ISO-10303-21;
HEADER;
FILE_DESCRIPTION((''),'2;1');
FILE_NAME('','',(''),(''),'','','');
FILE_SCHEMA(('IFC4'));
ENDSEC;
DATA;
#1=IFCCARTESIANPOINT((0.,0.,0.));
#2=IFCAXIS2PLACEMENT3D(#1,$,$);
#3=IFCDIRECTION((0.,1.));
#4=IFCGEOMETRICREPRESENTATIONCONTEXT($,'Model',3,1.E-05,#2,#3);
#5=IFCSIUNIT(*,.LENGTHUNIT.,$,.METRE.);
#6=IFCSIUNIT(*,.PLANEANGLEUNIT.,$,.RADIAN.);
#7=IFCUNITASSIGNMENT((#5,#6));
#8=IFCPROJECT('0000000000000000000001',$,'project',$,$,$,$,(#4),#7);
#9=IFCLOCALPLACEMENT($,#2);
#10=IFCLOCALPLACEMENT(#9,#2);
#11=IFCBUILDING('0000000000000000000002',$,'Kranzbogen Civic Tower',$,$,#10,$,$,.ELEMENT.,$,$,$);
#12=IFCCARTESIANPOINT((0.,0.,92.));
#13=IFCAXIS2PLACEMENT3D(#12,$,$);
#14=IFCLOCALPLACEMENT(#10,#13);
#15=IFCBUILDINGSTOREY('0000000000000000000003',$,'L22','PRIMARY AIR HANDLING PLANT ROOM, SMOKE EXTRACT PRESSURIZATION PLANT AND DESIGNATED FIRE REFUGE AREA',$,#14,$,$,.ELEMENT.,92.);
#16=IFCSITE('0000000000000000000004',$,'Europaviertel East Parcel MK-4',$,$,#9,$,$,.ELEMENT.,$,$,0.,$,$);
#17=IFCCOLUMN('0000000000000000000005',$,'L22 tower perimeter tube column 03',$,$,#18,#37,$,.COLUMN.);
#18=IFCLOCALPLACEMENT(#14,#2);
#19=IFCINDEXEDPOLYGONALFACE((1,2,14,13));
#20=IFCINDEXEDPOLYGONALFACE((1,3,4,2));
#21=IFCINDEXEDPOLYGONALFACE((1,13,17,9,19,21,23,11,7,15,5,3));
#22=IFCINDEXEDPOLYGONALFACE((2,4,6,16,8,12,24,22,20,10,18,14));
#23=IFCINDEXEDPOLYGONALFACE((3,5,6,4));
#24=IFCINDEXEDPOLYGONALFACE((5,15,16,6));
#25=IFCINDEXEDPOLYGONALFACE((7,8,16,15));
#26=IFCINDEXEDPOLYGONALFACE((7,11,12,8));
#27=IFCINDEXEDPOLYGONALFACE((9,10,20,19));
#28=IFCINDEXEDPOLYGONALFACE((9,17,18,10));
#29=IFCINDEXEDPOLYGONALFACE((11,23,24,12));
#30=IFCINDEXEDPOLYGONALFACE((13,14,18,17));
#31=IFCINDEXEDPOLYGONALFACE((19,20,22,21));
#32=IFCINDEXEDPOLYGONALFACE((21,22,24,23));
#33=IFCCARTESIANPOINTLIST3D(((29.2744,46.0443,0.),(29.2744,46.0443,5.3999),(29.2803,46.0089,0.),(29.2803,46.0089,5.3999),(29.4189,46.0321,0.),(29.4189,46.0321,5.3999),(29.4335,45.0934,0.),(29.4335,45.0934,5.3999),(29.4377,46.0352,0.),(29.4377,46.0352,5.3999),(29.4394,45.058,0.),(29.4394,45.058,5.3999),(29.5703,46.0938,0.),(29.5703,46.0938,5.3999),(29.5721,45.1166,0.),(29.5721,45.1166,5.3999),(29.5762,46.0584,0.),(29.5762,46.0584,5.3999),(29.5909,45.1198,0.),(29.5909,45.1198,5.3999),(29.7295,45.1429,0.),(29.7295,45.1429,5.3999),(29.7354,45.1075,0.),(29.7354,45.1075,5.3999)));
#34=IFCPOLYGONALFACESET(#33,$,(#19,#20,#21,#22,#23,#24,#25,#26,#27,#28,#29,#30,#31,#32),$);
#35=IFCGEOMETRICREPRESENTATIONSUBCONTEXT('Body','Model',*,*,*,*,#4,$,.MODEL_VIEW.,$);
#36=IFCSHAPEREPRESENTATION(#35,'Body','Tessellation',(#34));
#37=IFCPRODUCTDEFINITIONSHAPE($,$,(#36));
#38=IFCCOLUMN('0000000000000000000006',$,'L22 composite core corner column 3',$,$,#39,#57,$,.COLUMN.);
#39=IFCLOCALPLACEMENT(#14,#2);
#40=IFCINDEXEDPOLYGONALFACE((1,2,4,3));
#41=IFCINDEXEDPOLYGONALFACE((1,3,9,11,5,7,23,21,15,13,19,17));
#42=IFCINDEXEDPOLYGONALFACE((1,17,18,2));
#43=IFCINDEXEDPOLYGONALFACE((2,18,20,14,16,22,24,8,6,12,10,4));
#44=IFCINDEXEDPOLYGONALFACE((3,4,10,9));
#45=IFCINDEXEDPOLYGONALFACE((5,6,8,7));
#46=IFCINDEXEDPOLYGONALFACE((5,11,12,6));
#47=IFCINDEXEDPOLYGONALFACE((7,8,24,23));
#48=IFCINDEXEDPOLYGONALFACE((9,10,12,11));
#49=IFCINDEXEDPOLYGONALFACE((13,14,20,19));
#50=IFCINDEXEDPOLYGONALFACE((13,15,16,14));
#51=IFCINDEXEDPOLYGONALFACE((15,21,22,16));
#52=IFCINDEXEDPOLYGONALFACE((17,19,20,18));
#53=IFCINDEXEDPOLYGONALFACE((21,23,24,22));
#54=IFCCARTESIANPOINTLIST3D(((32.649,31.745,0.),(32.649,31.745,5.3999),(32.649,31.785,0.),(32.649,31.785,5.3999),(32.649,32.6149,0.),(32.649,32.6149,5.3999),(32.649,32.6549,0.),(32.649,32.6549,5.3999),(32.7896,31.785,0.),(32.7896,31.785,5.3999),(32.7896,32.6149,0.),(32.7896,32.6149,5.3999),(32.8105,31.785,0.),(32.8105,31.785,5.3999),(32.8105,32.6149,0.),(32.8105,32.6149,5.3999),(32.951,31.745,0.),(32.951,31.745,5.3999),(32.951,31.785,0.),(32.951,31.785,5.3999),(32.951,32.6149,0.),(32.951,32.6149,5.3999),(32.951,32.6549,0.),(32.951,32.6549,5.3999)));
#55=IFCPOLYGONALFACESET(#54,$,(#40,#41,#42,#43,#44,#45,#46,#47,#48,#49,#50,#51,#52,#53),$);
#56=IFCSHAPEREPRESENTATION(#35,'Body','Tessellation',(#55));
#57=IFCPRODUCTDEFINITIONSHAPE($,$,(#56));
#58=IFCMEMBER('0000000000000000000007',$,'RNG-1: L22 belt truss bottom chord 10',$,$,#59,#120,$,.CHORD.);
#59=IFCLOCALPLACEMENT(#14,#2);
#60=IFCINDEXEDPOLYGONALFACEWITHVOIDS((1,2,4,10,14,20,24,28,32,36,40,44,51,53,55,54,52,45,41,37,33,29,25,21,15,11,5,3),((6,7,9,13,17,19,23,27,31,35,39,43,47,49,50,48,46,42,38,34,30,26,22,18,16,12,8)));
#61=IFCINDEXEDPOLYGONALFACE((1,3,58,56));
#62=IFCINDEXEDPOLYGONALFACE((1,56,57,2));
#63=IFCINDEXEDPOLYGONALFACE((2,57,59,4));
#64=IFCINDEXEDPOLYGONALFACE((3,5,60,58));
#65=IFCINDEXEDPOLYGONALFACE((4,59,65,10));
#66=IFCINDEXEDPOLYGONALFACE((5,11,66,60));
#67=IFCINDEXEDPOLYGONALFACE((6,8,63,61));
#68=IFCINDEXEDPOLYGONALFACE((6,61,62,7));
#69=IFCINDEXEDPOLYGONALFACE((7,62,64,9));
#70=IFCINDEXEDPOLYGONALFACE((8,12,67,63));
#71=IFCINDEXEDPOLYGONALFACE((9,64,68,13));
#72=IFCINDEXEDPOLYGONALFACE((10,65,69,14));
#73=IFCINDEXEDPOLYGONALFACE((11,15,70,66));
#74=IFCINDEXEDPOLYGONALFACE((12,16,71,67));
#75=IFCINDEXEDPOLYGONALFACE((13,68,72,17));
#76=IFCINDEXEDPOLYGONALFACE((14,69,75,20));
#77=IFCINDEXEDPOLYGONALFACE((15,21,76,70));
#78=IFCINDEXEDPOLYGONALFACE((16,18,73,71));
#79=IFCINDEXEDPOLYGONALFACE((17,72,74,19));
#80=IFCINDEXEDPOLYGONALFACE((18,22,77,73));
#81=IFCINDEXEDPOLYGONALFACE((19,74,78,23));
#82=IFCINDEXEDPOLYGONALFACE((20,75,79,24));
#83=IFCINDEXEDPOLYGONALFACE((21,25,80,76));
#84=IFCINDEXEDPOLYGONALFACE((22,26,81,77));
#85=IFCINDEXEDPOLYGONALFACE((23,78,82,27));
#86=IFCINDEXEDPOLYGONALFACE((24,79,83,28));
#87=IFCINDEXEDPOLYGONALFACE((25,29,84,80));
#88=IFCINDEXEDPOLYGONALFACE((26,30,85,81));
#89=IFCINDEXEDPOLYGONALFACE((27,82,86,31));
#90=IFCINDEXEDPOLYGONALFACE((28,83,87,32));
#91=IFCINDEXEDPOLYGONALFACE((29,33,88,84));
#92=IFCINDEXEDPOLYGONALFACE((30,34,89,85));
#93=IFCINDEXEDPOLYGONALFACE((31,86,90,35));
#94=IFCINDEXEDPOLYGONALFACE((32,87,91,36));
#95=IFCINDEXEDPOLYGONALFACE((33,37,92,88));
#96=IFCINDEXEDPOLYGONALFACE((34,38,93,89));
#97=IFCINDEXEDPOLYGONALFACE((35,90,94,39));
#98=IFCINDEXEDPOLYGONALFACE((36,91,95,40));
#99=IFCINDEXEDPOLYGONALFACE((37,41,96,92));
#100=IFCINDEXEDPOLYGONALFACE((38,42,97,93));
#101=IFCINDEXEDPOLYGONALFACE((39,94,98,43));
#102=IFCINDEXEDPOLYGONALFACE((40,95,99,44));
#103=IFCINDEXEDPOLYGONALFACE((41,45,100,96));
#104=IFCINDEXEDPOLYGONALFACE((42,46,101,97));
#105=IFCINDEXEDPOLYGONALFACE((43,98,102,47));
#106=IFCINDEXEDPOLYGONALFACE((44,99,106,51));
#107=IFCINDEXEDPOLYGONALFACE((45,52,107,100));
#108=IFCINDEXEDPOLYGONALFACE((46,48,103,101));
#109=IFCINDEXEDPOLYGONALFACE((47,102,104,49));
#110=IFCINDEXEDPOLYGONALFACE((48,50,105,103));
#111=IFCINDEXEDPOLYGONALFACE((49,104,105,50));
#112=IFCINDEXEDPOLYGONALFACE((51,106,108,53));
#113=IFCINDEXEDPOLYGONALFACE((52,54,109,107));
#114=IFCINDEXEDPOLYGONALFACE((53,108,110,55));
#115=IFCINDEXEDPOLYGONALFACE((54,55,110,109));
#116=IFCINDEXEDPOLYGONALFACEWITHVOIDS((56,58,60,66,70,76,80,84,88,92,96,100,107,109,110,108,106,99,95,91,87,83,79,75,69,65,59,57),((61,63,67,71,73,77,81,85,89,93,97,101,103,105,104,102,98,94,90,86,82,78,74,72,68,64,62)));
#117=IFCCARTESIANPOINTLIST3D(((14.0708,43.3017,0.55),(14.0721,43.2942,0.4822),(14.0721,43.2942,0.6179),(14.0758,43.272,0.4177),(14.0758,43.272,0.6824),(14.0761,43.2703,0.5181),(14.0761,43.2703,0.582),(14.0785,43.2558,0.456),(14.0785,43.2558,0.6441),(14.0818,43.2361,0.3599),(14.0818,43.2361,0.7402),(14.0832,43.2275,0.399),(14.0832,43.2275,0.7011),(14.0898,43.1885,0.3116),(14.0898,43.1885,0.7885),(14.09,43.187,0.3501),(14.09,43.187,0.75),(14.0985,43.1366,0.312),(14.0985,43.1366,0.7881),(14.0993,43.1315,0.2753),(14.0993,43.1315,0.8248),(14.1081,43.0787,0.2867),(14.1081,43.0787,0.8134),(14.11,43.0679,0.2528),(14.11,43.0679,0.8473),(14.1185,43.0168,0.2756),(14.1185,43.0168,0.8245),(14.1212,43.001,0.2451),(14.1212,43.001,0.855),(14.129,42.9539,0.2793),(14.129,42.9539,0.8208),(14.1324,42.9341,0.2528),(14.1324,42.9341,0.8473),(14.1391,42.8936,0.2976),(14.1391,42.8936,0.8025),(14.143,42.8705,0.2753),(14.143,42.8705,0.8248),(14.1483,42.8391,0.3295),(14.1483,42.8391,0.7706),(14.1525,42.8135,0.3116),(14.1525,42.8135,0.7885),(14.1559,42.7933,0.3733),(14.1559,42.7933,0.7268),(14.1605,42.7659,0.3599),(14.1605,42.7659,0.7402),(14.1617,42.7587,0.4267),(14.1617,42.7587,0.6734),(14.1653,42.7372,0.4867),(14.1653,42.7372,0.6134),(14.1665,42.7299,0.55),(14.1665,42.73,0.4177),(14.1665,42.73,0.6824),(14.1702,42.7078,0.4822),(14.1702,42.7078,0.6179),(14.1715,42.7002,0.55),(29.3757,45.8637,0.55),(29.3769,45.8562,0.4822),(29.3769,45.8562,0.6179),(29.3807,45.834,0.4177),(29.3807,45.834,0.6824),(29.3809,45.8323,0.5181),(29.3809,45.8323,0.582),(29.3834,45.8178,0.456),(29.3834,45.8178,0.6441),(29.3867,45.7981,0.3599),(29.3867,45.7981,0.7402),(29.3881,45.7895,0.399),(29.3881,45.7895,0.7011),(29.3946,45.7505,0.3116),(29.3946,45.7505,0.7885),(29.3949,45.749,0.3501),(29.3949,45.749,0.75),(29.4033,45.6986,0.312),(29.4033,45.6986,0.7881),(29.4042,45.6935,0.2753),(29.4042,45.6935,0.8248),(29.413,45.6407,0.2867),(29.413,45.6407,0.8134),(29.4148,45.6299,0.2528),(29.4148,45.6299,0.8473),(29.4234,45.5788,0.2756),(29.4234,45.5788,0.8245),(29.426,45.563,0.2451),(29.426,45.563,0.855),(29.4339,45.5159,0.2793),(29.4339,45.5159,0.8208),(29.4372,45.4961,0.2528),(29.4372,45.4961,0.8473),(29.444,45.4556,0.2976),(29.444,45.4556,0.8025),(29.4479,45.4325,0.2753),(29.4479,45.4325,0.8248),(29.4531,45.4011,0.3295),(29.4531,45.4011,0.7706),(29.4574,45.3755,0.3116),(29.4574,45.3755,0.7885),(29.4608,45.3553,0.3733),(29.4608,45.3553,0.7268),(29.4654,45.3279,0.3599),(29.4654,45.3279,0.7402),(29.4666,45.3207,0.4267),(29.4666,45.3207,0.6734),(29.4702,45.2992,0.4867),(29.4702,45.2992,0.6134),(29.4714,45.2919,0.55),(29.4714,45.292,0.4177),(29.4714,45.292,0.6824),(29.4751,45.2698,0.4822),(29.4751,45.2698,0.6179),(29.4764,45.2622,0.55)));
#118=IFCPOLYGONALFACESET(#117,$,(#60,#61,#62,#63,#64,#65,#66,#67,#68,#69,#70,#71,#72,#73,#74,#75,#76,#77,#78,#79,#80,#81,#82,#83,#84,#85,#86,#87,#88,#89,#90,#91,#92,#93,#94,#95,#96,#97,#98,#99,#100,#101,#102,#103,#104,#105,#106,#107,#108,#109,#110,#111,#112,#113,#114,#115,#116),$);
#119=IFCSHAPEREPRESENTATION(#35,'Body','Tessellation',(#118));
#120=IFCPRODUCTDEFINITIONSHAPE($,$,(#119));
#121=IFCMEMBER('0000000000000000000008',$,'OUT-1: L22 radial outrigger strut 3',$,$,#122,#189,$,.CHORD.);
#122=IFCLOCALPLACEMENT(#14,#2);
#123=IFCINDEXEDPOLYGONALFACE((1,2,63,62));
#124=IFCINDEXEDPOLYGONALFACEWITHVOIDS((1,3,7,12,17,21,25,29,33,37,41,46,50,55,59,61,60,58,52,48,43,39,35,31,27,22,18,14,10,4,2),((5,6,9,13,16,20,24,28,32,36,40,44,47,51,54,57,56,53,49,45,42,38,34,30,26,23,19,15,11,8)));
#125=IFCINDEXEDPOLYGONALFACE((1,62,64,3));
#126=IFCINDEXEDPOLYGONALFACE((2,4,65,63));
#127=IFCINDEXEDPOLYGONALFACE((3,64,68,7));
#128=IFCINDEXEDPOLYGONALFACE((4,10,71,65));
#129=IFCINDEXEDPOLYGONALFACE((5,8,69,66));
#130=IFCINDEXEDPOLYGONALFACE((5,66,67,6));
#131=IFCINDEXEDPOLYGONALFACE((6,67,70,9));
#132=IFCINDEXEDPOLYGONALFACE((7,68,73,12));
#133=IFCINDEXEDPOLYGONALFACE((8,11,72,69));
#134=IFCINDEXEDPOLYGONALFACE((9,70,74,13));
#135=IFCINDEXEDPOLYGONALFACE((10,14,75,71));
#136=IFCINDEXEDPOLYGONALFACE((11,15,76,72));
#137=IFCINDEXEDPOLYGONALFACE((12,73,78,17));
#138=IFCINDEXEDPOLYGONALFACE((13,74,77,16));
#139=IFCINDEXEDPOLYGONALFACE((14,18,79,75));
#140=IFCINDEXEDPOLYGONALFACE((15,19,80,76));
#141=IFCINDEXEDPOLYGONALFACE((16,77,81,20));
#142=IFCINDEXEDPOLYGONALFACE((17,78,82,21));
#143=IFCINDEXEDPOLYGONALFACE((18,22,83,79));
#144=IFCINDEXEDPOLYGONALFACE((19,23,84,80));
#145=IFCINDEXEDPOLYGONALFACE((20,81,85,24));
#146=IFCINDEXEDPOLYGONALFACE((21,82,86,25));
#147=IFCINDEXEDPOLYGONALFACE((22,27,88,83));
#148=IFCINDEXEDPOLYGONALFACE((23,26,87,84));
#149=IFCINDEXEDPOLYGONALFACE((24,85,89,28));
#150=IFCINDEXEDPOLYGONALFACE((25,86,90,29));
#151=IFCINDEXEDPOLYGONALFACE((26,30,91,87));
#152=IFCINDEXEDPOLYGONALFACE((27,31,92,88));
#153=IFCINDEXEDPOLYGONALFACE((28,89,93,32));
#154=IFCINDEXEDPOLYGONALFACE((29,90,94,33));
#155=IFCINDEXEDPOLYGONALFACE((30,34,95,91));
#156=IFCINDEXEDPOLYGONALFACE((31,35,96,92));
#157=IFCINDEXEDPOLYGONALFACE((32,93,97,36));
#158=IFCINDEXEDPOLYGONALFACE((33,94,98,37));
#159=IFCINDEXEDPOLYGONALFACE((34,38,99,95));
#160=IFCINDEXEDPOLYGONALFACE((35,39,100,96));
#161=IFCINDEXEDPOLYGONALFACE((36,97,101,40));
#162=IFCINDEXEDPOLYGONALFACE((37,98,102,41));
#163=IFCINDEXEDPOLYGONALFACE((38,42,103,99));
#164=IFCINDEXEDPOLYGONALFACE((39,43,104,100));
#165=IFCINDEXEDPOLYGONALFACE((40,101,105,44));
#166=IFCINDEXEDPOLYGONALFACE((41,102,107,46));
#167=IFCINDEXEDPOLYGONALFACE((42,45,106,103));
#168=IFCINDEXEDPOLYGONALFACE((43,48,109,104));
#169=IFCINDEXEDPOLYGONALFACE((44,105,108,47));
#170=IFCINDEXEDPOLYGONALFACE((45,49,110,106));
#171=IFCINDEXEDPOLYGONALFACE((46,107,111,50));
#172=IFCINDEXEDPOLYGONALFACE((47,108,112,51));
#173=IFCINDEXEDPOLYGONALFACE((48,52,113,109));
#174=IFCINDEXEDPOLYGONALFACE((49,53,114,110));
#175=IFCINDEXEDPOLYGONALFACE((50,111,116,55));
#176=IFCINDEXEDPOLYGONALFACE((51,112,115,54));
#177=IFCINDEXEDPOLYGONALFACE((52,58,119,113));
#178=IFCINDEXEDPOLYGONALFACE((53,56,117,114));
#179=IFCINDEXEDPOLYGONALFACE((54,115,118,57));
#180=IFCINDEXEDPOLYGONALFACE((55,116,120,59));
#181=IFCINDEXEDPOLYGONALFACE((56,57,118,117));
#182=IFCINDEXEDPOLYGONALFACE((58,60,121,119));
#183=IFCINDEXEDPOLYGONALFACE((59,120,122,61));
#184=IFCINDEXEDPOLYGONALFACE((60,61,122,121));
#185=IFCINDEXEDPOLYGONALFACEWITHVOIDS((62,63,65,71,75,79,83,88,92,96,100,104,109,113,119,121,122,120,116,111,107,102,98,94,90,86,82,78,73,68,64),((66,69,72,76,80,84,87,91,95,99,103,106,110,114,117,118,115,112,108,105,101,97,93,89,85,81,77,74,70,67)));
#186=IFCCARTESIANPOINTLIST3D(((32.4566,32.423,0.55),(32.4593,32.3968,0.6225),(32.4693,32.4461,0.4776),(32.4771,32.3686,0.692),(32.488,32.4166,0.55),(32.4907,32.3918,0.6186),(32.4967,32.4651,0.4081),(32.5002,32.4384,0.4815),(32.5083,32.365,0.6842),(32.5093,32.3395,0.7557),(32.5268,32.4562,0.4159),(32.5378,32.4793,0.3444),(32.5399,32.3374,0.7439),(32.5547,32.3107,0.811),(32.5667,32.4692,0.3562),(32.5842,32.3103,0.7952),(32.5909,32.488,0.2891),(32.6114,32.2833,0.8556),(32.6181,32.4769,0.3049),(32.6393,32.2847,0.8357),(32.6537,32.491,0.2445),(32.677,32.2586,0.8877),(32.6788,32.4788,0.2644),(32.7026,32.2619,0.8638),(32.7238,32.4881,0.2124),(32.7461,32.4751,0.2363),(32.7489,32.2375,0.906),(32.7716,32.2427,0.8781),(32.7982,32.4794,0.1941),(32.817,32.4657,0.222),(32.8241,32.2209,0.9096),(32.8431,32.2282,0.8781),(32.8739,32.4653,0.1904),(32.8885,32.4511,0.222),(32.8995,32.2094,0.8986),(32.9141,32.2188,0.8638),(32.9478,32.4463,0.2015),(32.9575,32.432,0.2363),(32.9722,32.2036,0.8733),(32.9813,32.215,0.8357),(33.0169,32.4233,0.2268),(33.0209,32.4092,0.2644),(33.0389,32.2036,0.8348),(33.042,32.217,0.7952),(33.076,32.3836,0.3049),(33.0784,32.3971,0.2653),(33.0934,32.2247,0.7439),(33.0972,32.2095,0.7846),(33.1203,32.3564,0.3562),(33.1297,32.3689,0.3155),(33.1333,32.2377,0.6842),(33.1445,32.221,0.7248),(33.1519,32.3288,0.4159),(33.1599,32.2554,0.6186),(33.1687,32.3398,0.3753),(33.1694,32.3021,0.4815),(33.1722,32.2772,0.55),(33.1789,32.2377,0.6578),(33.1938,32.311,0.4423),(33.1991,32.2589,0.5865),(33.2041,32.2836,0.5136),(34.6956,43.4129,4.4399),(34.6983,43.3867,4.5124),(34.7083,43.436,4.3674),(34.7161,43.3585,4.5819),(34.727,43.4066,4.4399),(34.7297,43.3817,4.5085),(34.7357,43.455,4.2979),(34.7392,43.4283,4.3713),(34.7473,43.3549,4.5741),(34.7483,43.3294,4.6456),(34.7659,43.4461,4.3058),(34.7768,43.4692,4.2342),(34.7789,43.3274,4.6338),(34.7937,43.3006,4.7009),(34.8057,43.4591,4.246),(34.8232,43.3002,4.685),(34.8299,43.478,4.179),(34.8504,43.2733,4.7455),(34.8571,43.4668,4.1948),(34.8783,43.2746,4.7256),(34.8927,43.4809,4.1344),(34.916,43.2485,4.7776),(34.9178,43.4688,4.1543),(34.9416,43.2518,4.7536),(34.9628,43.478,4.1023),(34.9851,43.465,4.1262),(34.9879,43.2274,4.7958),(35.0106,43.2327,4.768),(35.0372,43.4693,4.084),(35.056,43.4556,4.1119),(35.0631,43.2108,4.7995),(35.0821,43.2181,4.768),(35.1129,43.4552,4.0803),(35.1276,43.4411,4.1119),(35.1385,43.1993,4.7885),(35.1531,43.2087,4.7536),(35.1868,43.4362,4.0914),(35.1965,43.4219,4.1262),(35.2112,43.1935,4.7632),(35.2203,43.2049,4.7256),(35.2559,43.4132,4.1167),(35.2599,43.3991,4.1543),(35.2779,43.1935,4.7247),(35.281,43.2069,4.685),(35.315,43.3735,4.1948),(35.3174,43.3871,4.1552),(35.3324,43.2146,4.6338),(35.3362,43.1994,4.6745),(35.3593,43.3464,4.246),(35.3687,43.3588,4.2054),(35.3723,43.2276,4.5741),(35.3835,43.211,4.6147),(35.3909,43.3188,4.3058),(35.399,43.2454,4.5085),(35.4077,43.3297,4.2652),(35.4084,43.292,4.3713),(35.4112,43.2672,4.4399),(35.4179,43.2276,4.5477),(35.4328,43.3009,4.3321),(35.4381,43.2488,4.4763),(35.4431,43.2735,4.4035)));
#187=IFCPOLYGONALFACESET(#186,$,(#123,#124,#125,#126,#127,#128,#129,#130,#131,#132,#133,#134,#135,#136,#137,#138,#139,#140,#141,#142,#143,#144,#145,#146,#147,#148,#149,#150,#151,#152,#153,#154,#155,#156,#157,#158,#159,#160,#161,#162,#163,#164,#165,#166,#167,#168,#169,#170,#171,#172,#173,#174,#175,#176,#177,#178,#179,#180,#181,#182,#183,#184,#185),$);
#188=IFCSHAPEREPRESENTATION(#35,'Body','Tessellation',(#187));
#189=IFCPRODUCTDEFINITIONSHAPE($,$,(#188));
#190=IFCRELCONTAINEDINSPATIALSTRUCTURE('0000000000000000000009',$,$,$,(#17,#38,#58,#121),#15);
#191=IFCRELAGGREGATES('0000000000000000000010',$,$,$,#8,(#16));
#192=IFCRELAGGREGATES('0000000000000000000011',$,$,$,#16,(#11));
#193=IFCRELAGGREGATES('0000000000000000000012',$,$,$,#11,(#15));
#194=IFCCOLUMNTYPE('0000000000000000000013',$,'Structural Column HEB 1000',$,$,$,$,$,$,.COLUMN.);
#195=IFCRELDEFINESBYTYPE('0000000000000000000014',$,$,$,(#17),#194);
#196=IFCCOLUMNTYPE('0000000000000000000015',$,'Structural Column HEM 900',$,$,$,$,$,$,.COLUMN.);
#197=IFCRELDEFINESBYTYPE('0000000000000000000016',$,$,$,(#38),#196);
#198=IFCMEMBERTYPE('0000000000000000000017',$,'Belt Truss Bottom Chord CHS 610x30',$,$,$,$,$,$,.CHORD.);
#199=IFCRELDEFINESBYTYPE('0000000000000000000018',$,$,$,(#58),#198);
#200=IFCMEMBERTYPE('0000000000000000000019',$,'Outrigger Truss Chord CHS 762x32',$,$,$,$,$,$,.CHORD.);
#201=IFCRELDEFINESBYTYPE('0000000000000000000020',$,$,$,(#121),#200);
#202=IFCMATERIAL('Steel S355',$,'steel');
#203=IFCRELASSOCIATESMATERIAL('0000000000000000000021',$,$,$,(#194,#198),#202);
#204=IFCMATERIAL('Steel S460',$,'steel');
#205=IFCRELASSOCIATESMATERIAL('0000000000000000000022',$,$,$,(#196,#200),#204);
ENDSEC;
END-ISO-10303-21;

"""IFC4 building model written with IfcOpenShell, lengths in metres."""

from ifc_helpers import new_model, si_unit, direction, frame, origin, origin_2d, place, context, subcontext, project, spatial, hollow_circle, i_section, extrude, material, material_profile, profile_set, type_object, element, save


model = new_model("IFC4")

# Units and contexts
model_context = context("Model", 3, precision=1e-05, world=origin(), true_north=direction((0.0, 1.0)))
body_context = subcontext(model_context, "Body", "Model", "MODEL_VIEW")
ifc_project = project(units=[si_unit("LENGTHUNIT", "METRE"), si_unit("PLANEANGLEUNIT", "RADIAN")], contexts=[model_context])

# Site, building, storey
site_placement = place(None, origin())
site = spatial("IfcSite", under=ifc_project, at=site_placement, Name="Europaviertel East Parcel MK-4", CompositionType="ELEMENT", RefElevation=0.0)
building_placement = place(site_placement, origin())
building = spatial("IfcBuilding", under=site, at=building_placement, Name="Kranzbogen Civic Tower", CompositionType="ELEMENT")
storey_placement = place(building_placement, frame((0.0, 0.0, 92.0)))
storey = spatial("IfcBuildingStorey", under=building, at=storey_placement, Name="L22", Description="PRIMARY AIR HANDLING PLANT ROOM, SMOKE EXTRACT PRESSURIZATION PLANT AND DESIGNATED FIRE REFUGE AREA", CompositionType="ELEMENT", Elevation=92.0)

# Columns
ifc_material_1 = material(Name="Steel S355", Category="steel")
ifc_material_profile_1 = material_profile(ifc_material_1, i_section(OverallWidth=0.3, OverallDepth=1.0, WebThickness=0.019, FlangeThickness=0.0359, at=origin_2d()), Name="HEB 1000")
ifc_profile_set_1 = profile_set([ifc_material_profile_1], Name="Steel S355")
column_type_1 = type_object("IfcColumnType", Name="Structural Column HEB 1000", PredefinedType="COLUMN", material=ifc_profile_set_1)
column_1_placement = place(storey_placement, frame((29.5049, 45.5759, 0.0), z_axis=(0.0, 0.0, 1.0), x_axis=(0.986286, 0.165048, 0.0)))
element("IfcColumn", 1, at=column_1_placement, inside=storey, type_object=column_type_1, Name="L22 tower perimeter tube column 03", PredefinedType="COLUMN", context=body_context, shape_type="SweptSolid", body=[
    extrude(i_section(OverallWidth=0.3, OverallDepth=1.0, WebThickness=0.019, FlangeThickness=0.0359, at=origin_2d()), origin(), (0.0, 0.0, 1.0), 5.3999),
])
ifc_material_2 = material(Name="Steel S460", Category="steel")
ifc_material_profile_2 = material_profile(ifc_material_2, i_section(OverallWidth=0.302, OverallDepth=0.9099, WebThickness=0.021, FlangeThickness=0.04, at=origin_2d()), Name="HEM 900")
ifc_profile_set_2 = profile_set([ifc_material_profile_2], Name="Steel S460")
column_type_2 = type_object("IfcColumnType", Name="Structural Column HEM 900", PredefinedType="COLUMN", material=ifc_profile_set_2)
column_2_placement = place(storey_placement, frame((32.8, 32.2, 0.0), z_axis=(0.0, 0.0, 1.0), x_axis=(1.0, 0.0, 0.0)))
element("IfcColumn", 2, at=column_2_placement, inside=storey, type_object=column_type_2, Name="L22 composite core corner column 3", PredefinedType="COLUMN", context=body_context, shape_type="SweptSolid", body=[
    extrude(i_section(OverallWidth=0.302, OverallDepth=0.9099, WebThickness=0.021, FlangeThickness=0.04, at=origin_2d()), origin(), (0.0, 0.0, 1.0), 5.3999),
])

# Members
ifc_material_profile_3 = material_profile(ifc_material_1, hollow_circle(Radius=0.3049, WallThickness=0.03, at=origin_2d()), Name="CHS 610x30")
ifc_profile_set_3 = profile_set([ifc_material_profile_3], Name="Steel S355")
member_type_1 = type_object("IfcMemberType", Name="Belt Truss Bottom Chord CHS 610x30", PredefinedType="CHORD", material=ifc_profile_set_3)
member_1_placement = place(storey_placement, frame((29.426, 45.563, 0.55), z_axis=(-0.986277, -0.165101, 0.0), x_axis=(0.165101, -0.986277, 0.0)))
element("IfcMember", 3, at=member_1_placement, inside=storey, type_object=member_type_1, Name="RNG-1: L22 belt truss bottom chord 10", PredefinedType="CHORD", context=body_context, shape_type="SweptSolid", body=[
    extrude(hollow_circle(Radius=0.3049, WallThickness=0.03, at=origin_2d()), origin(), (0.0, 0.0, 1.0), 15.5178),
])
ifc_material_profile_4 = material_profile(ifc_material_2, hollow_circle(Radius=0.3811, WallThickness=0.032, at=origin_2d()), Name="CHS 762x32")
ifc_profile_set_4 = profile_set([ifc_material_profile_4], Name="Steel S460")
member_type_2 = type_object("IfcMemberType", Name="Outrigger Truss Chord CHS 762x32", PredefinedType="CHORD", material=ifc_profile_set_4)
member_2_placement = place(storey_placement, frame((32.8301, 32.3469, 0.55), z_axis=(0.18861, 0.925773, 0.327676), x_axis=(-0.979871, 0.199631, 0.0)))
element("IfcMember", 4, at=member_2_placement, inside=storey, type_object=member_type_2, Name="OUT-1: L22 radial outrigger strut 3", PredefinedType="CHORD", context=body_context, shape_type="SweptSolid", body=[
    extrude(hollow_circle(Radius=0.3811, WallThickness=0.032, at=origin_2d()), origin(), (0.0, 0.0, 1.0), 11.8711),
])

save(model, "model.ifc")
